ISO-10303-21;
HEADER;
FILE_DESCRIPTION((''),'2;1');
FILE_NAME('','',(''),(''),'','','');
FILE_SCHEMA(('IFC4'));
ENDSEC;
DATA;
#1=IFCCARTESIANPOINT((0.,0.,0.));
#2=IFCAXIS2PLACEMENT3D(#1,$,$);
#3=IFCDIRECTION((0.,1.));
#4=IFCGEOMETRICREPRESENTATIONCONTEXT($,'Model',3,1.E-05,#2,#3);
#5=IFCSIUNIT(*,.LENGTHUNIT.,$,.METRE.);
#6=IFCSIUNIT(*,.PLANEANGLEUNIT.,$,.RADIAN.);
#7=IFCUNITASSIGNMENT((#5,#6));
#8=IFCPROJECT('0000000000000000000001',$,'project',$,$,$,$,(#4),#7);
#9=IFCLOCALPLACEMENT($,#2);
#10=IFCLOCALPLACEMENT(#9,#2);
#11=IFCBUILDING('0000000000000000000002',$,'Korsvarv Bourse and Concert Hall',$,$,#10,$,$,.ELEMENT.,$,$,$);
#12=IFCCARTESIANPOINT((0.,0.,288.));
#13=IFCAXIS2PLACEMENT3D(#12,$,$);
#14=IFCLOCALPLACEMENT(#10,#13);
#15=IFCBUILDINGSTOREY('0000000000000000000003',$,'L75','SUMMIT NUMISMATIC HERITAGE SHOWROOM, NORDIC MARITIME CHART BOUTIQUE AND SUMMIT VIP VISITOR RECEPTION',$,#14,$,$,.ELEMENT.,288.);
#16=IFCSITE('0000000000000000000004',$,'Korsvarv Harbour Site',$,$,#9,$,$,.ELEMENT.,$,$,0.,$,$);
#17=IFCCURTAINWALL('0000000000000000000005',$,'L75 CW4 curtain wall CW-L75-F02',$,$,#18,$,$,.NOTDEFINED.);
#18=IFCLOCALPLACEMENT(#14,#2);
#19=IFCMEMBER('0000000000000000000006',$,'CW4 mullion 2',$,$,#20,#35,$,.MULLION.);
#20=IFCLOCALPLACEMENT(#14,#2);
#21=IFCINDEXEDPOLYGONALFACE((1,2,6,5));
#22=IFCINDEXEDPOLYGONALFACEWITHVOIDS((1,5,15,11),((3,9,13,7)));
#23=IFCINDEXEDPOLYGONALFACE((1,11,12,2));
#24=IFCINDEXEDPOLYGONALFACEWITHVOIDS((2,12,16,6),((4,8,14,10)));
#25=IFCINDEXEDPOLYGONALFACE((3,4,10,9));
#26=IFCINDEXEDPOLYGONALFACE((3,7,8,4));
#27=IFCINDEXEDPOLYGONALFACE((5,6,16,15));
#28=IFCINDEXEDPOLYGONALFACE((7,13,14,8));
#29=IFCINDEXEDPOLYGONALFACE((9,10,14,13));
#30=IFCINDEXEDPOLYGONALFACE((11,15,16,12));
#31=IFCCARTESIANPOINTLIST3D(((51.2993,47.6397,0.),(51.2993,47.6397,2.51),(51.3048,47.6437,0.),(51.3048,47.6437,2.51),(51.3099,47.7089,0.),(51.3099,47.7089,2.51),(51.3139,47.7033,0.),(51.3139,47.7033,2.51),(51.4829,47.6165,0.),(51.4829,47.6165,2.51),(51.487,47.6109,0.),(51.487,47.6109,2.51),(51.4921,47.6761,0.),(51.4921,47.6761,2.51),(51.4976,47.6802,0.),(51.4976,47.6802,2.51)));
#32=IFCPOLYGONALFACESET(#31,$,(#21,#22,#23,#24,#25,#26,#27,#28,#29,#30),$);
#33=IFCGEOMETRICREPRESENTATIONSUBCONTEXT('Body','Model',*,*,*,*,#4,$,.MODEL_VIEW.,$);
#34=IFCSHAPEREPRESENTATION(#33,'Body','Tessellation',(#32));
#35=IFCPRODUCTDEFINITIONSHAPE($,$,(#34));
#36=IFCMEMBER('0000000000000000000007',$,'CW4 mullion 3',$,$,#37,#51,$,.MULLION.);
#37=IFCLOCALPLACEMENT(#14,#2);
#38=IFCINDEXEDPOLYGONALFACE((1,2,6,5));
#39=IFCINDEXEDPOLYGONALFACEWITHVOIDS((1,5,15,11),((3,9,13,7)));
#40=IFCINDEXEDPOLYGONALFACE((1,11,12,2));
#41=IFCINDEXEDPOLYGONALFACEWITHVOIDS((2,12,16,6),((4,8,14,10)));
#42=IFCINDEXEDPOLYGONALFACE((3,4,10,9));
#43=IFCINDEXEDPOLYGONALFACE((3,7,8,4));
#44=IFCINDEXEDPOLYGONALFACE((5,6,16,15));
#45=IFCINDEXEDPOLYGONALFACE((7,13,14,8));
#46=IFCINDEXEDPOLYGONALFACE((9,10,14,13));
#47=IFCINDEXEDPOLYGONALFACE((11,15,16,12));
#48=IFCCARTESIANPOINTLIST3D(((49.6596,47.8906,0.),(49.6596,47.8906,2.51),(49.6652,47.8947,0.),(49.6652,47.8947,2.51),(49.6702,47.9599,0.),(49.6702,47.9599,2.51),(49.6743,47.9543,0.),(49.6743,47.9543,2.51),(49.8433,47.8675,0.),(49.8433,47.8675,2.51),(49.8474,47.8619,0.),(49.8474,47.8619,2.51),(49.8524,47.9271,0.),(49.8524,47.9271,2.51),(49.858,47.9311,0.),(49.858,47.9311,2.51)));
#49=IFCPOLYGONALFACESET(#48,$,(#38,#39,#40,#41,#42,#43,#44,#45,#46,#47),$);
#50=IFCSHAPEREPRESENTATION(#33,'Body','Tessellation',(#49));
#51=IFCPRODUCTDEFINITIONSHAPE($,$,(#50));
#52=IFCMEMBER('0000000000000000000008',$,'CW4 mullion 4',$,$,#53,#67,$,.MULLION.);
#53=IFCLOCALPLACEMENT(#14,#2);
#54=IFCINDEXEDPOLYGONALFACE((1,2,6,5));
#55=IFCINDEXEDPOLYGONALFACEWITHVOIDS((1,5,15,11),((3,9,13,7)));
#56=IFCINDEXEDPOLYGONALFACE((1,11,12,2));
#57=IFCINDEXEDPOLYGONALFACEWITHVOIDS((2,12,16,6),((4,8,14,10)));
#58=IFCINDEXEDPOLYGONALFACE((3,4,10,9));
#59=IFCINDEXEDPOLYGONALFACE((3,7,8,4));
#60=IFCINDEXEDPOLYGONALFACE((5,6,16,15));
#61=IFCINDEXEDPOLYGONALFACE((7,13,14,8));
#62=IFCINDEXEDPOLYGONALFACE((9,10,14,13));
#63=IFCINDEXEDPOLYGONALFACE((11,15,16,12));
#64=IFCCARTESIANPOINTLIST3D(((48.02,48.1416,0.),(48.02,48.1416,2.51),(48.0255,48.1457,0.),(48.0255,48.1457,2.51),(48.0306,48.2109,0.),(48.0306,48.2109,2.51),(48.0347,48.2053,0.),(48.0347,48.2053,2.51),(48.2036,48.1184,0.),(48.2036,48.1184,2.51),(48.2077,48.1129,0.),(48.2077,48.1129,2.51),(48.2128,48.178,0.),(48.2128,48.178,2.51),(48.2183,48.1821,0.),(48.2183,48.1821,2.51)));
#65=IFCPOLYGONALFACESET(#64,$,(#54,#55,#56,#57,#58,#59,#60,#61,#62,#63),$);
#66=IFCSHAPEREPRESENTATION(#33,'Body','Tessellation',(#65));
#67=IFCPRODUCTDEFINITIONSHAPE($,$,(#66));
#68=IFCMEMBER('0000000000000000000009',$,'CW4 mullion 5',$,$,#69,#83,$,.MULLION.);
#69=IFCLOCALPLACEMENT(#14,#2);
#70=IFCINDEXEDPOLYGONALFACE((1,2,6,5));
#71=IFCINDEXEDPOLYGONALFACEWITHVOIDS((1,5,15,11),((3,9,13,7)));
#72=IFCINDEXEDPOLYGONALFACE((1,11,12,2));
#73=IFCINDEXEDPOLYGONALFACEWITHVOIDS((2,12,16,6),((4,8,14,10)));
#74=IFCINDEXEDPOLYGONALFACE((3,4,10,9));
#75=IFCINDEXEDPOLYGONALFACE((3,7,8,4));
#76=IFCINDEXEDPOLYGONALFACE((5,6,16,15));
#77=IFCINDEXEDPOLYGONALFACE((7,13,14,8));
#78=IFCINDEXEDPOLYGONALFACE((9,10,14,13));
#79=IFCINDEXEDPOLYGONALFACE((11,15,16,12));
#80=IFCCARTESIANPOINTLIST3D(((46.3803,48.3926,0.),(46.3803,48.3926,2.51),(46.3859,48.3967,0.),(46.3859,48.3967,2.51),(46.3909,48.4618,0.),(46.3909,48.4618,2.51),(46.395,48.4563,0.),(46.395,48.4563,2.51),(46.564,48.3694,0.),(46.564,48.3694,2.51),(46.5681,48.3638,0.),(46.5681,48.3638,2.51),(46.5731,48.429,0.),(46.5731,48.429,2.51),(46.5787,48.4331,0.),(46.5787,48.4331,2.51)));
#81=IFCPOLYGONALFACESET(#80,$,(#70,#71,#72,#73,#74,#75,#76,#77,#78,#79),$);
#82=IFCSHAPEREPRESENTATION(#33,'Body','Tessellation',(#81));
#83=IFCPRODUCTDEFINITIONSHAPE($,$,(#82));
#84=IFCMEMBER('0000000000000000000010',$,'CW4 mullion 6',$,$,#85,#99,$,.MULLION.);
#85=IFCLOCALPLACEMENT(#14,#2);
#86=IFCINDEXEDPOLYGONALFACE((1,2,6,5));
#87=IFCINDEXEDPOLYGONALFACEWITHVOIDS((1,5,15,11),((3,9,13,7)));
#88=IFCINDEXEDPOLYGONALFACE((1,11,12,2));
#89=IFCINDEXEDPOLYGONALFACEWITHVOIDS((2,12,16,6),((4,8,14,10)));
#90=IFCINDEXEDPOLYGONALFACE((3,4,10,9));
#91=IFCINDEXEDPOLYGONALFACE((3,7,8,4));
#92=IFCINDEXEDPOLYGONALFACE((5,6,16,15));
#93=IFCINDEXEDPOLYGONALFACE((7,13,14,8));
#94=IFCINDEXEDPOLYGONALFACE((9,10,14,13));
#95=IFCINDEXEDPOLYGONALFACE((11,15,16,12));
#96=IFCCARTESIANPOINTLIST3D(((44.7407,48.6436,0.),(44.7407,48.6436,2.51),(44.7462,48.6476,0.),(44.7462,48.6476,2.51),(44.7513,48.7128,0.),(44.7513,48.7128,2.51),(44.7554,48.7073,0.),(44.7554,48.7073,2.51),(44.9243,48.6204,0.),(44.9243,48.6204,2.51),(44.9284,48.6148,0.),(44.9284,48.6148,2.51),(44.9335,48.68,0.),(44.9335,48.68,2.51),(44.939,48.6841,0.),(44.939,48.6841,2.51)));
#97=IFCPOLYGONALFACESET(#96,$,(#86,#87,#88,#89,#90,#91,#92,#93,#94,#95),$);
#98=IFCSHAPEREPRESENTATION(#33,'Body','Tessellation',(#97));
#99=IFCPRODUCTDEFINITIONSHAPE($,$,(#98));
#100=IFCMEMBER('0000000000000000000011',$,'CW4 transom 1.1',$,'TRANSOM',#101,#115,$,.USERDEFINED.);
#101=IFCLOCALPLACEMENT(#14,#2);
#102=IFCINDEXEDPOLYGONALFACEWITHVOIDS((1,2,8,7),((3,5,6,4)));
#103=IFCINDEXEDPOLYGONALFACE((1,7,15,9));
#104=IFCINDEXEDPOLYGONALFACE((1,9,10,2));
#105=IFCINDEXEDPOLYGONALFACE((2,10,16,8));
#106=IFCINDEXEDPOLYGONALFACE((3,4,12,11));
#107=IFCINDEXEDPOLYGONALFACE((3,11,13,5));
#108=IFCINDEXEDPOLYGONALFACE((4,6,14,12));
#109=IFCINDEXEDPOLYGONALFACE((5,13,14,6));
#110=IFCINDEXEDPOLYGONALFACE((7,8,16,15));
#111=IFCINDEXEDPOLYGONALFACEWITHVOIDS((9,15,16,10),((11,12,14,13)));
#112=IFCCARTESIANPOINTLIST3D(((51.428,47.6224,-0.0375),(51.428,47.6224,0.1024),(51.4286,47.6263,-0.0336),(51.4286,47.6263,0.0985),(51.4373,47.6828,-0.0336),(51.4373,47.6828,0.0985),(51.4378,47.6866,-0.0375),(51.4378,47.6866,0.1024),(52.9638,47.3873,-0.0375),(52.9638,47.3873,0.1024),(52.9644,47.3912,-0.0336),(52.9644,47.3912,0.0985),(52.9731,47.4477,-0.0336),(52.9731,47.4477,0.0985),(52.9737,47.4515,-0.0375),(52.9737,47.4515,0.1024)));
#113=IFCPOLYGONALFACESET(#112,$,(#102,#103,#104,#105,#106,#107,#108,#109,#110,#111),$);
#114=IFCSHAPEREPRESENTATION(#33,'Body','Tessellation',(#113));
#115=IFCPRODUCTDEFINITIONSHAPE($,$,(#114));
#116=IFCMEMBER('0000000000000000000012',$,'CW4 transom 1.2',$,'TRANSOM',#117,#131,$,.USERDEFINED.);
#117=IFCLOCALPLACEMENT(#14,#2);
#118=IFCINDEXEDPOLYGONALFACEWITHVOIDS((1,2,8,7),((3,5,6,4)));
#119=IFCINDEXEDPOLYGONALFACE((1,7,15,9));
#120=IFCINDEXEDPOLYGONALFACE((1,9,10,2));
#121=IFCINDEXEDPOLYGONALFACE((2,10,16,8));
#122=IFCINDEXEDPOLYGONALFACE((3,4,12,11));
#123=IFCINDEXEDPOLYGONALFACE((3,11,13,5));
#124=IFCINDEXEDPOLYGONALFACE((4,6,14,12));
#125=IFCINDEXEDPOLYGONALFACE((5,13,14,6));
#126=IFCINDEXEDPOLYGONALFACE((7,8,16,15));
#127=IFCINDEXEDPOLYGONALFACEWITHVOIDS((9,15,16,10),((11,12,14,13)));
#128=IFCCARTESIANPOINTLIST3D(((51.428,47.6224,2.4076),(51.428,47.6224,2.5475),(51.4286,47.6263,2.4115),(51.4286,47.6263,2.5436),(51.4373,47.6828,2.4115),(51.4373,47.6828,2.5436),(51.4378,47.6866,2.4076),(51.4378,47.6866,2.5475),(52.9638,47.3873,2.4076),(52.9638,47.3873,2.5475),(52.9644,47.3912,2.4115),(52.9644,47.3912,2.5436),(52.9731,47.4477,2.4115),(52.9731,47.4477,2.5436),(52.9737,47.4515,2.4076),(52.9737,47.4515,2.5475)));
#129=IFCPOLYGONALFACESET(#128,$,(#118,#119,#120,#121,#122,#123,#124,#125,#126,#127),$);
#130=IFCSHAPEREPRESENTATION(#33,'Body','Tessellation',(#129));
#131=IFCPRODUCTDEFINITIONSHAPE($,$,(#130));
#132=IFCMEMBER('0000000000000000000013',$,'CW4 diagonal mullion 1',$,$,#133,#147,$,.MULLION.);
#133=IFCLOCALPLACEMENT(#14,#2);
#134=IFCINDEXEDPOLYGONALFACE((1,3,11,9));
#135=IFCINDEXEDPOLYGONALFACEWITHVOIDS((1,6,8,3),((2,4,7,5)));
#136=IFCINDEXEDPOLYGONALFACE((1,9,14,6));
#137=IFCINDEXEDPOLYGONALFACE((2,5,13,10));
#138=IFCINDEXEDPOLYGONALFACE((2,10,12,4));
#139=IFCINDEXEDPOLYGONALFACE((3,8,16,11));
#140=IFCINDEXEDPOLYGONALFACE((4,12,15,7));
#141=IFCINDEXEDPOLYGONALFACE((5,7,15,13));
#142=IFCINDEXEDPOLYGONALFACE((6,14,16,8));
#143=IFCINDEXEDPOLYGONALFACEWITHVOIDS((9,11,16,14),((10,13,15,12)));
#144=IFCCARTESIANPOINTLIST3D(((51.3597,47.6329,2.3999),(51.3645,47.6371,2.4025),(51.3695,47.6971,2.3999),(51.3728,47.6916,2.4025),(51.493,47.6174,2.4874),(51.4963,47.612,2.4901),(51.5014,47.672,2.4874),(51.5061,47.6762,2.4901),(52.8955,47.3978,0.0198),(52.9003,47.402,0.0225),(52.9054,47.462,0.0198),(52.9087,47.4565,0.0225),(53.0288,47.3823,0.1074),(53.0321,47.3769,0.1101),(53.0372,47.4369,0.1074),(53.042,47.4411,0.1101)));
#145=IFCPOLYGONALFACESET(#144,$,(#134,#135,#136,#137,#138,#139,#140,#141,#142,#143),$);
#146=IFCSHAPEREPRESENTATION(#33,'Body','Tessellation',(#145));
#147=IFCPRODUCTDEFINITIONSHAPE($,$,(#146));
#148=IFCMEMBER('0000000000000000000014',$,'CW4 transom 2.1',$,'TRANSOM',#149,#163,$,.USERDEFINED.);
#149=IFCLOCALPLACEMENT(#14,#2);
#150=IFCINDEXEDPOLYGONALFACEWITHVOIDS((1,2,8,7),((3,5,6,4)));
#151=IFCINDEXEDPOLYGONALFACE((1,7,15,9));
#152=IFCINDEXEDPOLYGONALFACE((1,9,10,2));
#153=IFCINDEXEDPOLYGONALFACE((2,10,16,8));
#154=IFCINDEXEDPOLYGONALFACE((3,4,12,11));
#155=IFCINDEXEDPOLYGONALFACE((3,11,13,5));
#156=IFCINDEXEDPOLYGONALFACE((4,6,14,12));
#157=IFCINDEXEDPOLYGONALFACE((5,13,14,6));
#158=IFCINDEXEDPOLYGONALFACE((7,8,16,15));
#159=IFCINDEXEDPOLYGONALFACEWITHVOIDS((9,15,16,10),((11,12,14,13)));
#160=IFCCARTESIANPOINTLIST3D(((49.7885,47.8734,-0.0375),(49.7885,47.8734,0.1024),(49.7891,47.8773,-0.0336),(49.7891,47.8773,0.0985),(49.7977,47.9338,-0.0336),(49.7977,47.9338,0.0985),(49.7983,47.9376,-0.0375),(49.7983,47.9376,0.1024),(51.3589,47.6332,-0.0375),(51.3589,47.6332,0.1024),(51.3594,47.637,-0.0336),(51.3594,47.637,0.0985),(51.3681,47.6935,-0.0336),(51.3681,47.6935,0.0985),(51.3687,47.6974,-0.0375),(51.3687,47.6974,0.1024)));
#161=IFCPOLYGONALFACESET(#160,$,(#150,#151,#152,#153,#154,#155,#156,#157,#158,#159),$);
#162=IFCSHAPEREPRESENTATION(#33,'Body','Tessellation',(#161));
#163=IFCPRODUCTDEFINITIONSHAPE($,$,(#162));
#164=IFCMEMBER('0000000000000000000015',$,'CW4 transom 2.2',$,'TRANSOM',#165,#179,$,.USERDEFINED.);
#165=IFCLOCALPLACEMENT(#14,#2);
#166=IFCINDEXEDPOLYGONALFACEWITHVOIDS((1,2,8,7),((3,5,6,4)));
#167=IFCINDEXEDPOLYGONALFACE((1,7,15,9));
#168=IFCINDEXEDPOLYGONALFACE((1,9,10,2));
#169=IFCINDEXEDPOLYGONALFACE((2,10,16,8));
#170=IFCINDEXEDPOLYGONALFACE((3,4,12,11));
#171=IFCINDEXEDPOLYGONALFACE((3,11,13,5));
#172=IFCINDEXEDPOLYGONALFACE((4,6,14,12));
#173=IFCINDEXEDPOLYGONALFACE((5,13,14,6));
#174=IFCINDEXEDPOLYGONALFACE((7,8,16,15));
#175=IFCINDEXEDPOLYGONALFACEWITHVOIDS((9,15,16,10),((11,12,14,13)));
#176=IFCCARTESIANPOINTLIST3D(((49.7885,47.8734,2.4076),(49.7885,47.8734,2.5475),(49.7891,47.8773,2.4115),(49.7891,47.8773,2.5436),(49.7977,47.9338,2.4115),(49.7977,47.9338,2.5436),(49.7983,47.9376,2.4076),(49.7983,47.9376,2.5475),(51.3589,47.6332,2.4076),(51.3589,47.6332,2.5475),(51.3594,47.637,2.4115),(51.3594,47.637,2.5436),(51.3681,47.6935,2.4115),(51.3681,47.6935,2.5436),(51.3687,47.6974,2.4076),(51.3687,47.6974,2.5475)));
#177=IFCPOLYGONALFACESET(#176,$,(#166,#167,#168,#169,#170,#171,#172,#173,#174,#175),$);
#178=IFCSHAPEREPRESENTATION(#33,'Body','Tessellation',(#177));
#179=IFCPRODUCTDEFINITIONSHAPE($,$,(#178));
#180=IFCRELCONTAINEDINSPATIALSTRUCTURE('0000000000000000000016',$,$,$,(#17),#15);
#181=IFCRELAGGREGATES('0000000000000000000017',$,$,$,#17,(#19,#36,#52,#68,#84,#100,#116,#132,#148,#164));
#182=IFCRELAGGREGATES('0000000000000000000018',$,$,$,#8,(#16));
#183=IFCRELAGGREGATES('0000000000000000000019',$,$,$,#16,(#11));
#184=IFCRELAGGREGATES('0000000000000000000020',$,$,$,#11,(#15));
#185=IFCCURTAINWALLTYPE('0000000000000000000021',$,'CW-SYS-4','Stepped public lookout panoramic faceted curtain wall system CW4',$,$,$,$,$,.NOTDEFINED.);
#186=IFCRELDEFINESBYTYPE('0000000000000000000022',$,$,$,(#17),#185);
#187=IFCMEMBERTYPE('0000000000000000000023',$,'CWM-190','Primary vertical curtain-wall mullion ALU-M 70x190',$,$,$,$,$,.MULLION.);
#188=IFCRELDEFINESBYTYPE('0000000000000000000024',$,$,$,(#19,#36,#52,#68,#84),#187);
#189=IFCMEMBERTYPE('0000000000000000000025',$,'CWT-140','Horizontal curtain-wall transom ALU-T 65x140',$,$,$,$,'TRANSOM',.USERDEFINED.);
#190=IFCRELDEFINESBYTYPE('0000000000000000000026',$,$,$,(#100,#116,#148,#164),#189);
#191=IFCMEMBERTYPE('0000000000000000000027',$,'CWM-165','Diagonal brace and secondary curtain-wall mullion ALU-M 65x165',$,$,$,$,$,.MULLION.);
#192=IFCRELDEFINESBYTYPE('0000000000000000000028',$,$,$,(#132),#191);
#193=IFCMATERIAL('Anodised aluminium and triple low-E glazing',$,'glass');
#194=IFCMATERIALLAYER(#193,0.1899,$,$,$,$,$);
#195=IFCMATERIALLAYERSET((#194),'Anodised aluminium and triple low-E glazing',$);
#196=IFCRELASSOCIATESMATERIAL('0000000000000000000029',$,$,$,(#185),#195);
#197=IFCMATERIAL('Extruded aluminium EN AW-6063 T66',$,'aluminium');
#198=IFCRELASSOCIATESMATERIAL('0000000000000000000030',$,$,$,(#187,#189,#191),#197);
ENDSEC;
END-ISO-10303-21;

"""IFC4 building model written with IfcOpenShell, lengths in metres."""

from ifc_helpers import new_model, si_unit, direction, frame, origin, origin_2d, place, context, subcontext, project, spatial, hollow_rectangle, extrude, source, transform, mapped, material, layer, layer_set, material_profile, profile_set, type_object, element, aggregate, save


model = new_model("IFC4")

# Units and contexts
model_context = context("Model", 3, precision=1e-05, world=origin(), true_north=direction((0.0, 1.0)))
body_context = subcontext(model_context, "Body", "Model", "MODEL_VIEW")
ifc_project = project(units=[si_unit("LENGTHUNIT", "METRE"), si_unit("PLANEANGLEUNIT", "RADIAN")], contexts=[model_context])

# Site, building, storey
site_placement = place(None, origin())
site = spatial("IfcSite", under=ifc_project, at=site_placement, Name="Korsvarv Harbour Site", CompositionType="ELEMENT", RefElevation=0.0)
building_placement = place(site_placement, origin())
building = spatial("IfcBuilding", under=site, at=building_placement, Name="Korsvarv Bourse and Concert Hall", CompositionType="ELEMENT")
storey_placement = place(building_placement, frame((0.0, 0.0, 288.0)))
storey = spatial("IfcBuildingStorey", under=building, at=storey_placement, Name="L75", Description="SUMMIT NUMISMATIC HERITAGE SHOWROOM, NORDIC MARITIME CHART BOUTIQUE AND SUMMIT VIP VISITOR RECEPTION", CompositionType="ELEMENT", Elevation=288.0)

# Curtain wall, members
ifc_material_1 = material(Name="Anodised aluminium and triple low-E glazing", Category="glass")
ifc_layer_1 = layer(ifc_material_1, 0.1899)
ifc_layer_set_1 = layer_set([ifc_layer_1], Name="Anodised aluminium and triple low-E glazing")
curtain_wall_type = type_object("IfcCurtainWallType", Name="CW-SYS-4", Description="Stepped public lookout panoramic faceted curtain wall system CW4", PredefinedType="NOTDEFINED", material=ifc_layer_set_1)
curtain_wall_placement = place(storey_placement, origin())
curtain_wall = element("IfcCurtainWall", 1, at=curtain_wall_placement, inside=storey, type_object=curtain_wall_type, Name="L75 CW4 curtain wall CW-L75-F02", PredefinedType="NOTDEFINED")
ifc_material_2 = material(Name="Extruded aluminium EN AW-6063 T66", Category="aluminium")
ifc_material_profile_1 = material_profile(ifc_material_2, hollow_rectangle(XDim=0.0701, YDim=0.1899, WallThickness=0.0049, at=origin_2d()), Name="ALU-M 70x190")
ifc_profile_set_1 = profile_set([ifc_material_profile_1], Name="Extruded aluminium EN AW-6063 T66")
member_type_1 = type_object("IfcMemberType", Name="CWM-190", Description="Primary vertical curtain-wall mullion ALU-M 70x190", PredefinedType="MULLION", material=ifc_profile_set_1)
shared_shape_1 = source(origin(), body_context, "Body", "SweptSolid", [
    extrude(hollow_rectangle(XDim=0.0701, YDim=0.1899, WallThickness=0.0049, at=origin_2d()), origin(), (0.0, 0.0, 1.0), 2.51),
])
member_1_placement = place(storey_placement, frame((51.3984, 47.6599, 0.0), z_axis=(0.0, 0.0, 1.0), x_axis=(-0.151305, -0.988487, 0.0)))
member_1 = element("IfcMember", 2, at=member_1_placement, type_object=member_type_1, Name="CW4 mullion 2", PredefinedType="MULLION", context=body_context, shape_type="MappedRepresentation", body=[
    mapped(shared_shape_1, transform((0.0, 0.0, 0.0), scale=1.0)),
])
member_2_placement = place(storey_placement, frame((49.7588, 47.9109, 0.0), z_axis=(0.0, 0.0, 1.0), x_axis=(-0.151305, -0.988487, 0.0)))
member_2 = element("IfcMember", 3, at=member_2_placement, type_object=member_type_1, Name="CW4 mullion 3", PredefinedType="MULLION", context=body_context, shape_type="MappedRepresentation", body=[
    mapped(shared_shape_1, transform((0.0, 0.0, 0.0), scale=1.0)),
])
member_3_placement = place(storey_placement, frame((48.1191, 48.1619, 0.0), z_axis=(0.0, 0.0, 1.0), x_axis=(-0.151305, -0.988487, 0.0)))
member_3 = element("IfcMember", 4, at=member_3_placement, type_object=member_type_1, Name="CW4 mullion 4", PredefinedType="MULLION", context=body_context, shape_type="MappedRepresentation", body=[
    mapped(shared_shape_1, transform((0.0, 0.0, 0.0), scale=1.0)),
])
member_4_placement = place(storey_placement, frame((46.4795, 48.4128, 0.0), z_axis=(0.0, 0.0, 1.0), x_axis=(-0.151305, -0.988487, 0.0)))
member_4 = element("IfcMember", 5, at=member_4_placement, type_object=member_type_1, Name="CW4 mullion 5", PredefinedType="MULLION", context=body_context, shape_type="MappedRepresentation", body=[
    mapped(shared_shape_1, transform((0.0, 0.0, 0.0), scale=1.0)),
])
member_5_placement = place(storey_placement, frame((44.8398, 48.6638, 0.0), z_axis=(0.0, 0.0, 1.0), x_axis=(-0.151305, -0.988487, 0.0)))
member_5 = element("IfcMember", 6, at=member_5_placement, type_object=member_type_1, Name="CW4 mullion 6", PredefinedType="MULLION", context=body_context, shape_type="MappedRepresentation", body=[
    mapped(shared_shape_1, transform((0.0, 0.0, 0.0), scale=1.0)),
])
ifc_material_profile_2 = material_profile(ifc_material_2, hollow_rectangle(XDim=0.0649, YDim=0.1399, WallThickness=0.0039, at=origin_2d()), Name="ALU-T 65x140")
ifc_profile_set_2 = profile_set([ifc_material_profile_2], Name="Extruded aluminium EN AW-6063 T66")
member_type_2 = type_object("IfcMemberType", Name="CWT-140", Description="Horizontal curtain-wall transom ALU-T 65x140", ElementType="TRANSOM", PredefinedType="USERDEFINED", material=ifc_profile_set_2)
shared_shape_2 = source(origin(), body_context, "Body", "SweptSolid", [
    extrude(hollow_rectangle(XDim=0.0649, YDim=0.1399, WallThickness=0.0039, at=origin_2d()), origin(), (0.0, 0.0, 1.0), 1.5537),
])
member_6_placement = place(storey_placement, frame((52.9688, 47.4194, 0.0325), z_axis=(-0.988486, 0.151313, 0.0), x_axis=(-0.151313, -0.988486, 0.0)))
member_6 = element("IfcMember", 7, at=member_6_placement, type_object=member_type_2, Name="CW4 transom 1.1", ObjectType="TRANSOM", PredefinedType="USERDEFINED", context=body_context, shape_type="MappedRepresentation", body=[
    mapped(shared_shape_2, transform((0.0, 0.0, 0.0), scale=1.0)),
])
member_7_placement = place(storey_placement, frame((52.9688, 47.4194, 2.4775), z_axis=(-0.988486, 0.151313, 0.0), x_axis=(-0.151313, -0.988486, 0.0)))
member_7 = element("IfcMember", 8, at=member_7_placement, type_object=member_type_2, Name="CW4 transom 1.2", ObjectType="TRANSOM", PredefinedType="USERDEFINED", context=body_context, shape_type="MappedRepresentation", body=[
    mapped(shared_shape_2, transform((0.0, 0.0, 0.0), scale=1.0)),
])
ifc_material_profile_3 = material_profile(ifc_material_2, hollow_rectangle(XDim=0.0649, YDim=0.165, WallThickness=0.0049, at=origin_2d()), Name="ALU-M 65x165")
ifc_profile_set_3 = profile_set([ifc_material_profile_3], Name="Extruded aluminium EN AW-6063 T66")
member_type_3 = type_object("IfcMemberType", Name="CWM-165", Description="Diagonal brace and secondary curtain-wall mullion ALU-M 65x165", PredefinedType="MULLION", material=ifc_profile_set_3)
shared_shape_3 = source(origin(), body_context, "Body", "SweptSolid", [
    extrude(hollow_rectangle(XDim=0.0649, YDim=0.165, WallThickness=0.0049, at=origin_2d()), origin(), (0.0, 0.0, 1.0), 2.8423),
])
member_8_placement = place(storey_placement, frame((52.9688, 47.4194, 0.0649), z_axis=(-0.540349, 0.082714, 0.837365), x_axis=(-0.151313, -0.988486, 0.0)))
member_8 = element("IfcMember", 9, at=member_8_placement, type_object=member_type_3, Name="CW4 diagonal mullion 1", PredefinedType="MULLION", context=body_context, shape_type="MappedRepresentation", body=[
    mapped(shared_shape_3, transform((0.0, 0.0, 0.0), scale=1.0)),
])
shared_shape_4 = source(origin(), body_context, "Body", "SweptSolid", [
    extrude(hollow_rectangle(XDim=0.0649, YDim=0.1399, WallThickness=0.0039, at=origin_2d()), origin(), (0.0, 0.0, 1.0), 1.5886),
])
member_9_placement = place(storey_placement, frame((51.3638, 47.6653, 0.0325), z_axis=(-0.988499, 0.151226, 0.0), x_axis=(-0.151226, -0.988499, 0.0)))
member_9 = element("IfcMember", 10, at=member_9_placement, type_object=member_type_2, Name="CW4 transom 2.1", ObjectType="TRANSOM", PredefinedType="USERDEFINED", context=body_context, shape_type="MappedRepresentation", body=[
    mapped(shared_shape_4, transform((0.0, 0.0, 0.0), scale=1.0)),
])
member_10_placement = place(storey_placement, frame((51.3638, 47.6653, 2.4775), z_axis=(-0.988499, 0.151226, 0.0), x_axis=(-0.151226, -0.988499, 0.0)))
member_10 = element("IfcMember", 11, at=member_10_placement, type_object=member_type_2, Name="CW4 transom 2.2", ObjectType="TRANSOM", PredefinedType="USERDEFINED", context=body_context, shape_type="MappedRepresentation", body=[
    mapped(shared_shape_4, transform((0.0, 0.0, 0.0), scale=1.0)),
])
aggregate(curtain_wall, [member_1, member_2, member_3, member_4, member_5, member_6, member_7, member_8, member_9, member_10])

save(model, "model.ifc")
